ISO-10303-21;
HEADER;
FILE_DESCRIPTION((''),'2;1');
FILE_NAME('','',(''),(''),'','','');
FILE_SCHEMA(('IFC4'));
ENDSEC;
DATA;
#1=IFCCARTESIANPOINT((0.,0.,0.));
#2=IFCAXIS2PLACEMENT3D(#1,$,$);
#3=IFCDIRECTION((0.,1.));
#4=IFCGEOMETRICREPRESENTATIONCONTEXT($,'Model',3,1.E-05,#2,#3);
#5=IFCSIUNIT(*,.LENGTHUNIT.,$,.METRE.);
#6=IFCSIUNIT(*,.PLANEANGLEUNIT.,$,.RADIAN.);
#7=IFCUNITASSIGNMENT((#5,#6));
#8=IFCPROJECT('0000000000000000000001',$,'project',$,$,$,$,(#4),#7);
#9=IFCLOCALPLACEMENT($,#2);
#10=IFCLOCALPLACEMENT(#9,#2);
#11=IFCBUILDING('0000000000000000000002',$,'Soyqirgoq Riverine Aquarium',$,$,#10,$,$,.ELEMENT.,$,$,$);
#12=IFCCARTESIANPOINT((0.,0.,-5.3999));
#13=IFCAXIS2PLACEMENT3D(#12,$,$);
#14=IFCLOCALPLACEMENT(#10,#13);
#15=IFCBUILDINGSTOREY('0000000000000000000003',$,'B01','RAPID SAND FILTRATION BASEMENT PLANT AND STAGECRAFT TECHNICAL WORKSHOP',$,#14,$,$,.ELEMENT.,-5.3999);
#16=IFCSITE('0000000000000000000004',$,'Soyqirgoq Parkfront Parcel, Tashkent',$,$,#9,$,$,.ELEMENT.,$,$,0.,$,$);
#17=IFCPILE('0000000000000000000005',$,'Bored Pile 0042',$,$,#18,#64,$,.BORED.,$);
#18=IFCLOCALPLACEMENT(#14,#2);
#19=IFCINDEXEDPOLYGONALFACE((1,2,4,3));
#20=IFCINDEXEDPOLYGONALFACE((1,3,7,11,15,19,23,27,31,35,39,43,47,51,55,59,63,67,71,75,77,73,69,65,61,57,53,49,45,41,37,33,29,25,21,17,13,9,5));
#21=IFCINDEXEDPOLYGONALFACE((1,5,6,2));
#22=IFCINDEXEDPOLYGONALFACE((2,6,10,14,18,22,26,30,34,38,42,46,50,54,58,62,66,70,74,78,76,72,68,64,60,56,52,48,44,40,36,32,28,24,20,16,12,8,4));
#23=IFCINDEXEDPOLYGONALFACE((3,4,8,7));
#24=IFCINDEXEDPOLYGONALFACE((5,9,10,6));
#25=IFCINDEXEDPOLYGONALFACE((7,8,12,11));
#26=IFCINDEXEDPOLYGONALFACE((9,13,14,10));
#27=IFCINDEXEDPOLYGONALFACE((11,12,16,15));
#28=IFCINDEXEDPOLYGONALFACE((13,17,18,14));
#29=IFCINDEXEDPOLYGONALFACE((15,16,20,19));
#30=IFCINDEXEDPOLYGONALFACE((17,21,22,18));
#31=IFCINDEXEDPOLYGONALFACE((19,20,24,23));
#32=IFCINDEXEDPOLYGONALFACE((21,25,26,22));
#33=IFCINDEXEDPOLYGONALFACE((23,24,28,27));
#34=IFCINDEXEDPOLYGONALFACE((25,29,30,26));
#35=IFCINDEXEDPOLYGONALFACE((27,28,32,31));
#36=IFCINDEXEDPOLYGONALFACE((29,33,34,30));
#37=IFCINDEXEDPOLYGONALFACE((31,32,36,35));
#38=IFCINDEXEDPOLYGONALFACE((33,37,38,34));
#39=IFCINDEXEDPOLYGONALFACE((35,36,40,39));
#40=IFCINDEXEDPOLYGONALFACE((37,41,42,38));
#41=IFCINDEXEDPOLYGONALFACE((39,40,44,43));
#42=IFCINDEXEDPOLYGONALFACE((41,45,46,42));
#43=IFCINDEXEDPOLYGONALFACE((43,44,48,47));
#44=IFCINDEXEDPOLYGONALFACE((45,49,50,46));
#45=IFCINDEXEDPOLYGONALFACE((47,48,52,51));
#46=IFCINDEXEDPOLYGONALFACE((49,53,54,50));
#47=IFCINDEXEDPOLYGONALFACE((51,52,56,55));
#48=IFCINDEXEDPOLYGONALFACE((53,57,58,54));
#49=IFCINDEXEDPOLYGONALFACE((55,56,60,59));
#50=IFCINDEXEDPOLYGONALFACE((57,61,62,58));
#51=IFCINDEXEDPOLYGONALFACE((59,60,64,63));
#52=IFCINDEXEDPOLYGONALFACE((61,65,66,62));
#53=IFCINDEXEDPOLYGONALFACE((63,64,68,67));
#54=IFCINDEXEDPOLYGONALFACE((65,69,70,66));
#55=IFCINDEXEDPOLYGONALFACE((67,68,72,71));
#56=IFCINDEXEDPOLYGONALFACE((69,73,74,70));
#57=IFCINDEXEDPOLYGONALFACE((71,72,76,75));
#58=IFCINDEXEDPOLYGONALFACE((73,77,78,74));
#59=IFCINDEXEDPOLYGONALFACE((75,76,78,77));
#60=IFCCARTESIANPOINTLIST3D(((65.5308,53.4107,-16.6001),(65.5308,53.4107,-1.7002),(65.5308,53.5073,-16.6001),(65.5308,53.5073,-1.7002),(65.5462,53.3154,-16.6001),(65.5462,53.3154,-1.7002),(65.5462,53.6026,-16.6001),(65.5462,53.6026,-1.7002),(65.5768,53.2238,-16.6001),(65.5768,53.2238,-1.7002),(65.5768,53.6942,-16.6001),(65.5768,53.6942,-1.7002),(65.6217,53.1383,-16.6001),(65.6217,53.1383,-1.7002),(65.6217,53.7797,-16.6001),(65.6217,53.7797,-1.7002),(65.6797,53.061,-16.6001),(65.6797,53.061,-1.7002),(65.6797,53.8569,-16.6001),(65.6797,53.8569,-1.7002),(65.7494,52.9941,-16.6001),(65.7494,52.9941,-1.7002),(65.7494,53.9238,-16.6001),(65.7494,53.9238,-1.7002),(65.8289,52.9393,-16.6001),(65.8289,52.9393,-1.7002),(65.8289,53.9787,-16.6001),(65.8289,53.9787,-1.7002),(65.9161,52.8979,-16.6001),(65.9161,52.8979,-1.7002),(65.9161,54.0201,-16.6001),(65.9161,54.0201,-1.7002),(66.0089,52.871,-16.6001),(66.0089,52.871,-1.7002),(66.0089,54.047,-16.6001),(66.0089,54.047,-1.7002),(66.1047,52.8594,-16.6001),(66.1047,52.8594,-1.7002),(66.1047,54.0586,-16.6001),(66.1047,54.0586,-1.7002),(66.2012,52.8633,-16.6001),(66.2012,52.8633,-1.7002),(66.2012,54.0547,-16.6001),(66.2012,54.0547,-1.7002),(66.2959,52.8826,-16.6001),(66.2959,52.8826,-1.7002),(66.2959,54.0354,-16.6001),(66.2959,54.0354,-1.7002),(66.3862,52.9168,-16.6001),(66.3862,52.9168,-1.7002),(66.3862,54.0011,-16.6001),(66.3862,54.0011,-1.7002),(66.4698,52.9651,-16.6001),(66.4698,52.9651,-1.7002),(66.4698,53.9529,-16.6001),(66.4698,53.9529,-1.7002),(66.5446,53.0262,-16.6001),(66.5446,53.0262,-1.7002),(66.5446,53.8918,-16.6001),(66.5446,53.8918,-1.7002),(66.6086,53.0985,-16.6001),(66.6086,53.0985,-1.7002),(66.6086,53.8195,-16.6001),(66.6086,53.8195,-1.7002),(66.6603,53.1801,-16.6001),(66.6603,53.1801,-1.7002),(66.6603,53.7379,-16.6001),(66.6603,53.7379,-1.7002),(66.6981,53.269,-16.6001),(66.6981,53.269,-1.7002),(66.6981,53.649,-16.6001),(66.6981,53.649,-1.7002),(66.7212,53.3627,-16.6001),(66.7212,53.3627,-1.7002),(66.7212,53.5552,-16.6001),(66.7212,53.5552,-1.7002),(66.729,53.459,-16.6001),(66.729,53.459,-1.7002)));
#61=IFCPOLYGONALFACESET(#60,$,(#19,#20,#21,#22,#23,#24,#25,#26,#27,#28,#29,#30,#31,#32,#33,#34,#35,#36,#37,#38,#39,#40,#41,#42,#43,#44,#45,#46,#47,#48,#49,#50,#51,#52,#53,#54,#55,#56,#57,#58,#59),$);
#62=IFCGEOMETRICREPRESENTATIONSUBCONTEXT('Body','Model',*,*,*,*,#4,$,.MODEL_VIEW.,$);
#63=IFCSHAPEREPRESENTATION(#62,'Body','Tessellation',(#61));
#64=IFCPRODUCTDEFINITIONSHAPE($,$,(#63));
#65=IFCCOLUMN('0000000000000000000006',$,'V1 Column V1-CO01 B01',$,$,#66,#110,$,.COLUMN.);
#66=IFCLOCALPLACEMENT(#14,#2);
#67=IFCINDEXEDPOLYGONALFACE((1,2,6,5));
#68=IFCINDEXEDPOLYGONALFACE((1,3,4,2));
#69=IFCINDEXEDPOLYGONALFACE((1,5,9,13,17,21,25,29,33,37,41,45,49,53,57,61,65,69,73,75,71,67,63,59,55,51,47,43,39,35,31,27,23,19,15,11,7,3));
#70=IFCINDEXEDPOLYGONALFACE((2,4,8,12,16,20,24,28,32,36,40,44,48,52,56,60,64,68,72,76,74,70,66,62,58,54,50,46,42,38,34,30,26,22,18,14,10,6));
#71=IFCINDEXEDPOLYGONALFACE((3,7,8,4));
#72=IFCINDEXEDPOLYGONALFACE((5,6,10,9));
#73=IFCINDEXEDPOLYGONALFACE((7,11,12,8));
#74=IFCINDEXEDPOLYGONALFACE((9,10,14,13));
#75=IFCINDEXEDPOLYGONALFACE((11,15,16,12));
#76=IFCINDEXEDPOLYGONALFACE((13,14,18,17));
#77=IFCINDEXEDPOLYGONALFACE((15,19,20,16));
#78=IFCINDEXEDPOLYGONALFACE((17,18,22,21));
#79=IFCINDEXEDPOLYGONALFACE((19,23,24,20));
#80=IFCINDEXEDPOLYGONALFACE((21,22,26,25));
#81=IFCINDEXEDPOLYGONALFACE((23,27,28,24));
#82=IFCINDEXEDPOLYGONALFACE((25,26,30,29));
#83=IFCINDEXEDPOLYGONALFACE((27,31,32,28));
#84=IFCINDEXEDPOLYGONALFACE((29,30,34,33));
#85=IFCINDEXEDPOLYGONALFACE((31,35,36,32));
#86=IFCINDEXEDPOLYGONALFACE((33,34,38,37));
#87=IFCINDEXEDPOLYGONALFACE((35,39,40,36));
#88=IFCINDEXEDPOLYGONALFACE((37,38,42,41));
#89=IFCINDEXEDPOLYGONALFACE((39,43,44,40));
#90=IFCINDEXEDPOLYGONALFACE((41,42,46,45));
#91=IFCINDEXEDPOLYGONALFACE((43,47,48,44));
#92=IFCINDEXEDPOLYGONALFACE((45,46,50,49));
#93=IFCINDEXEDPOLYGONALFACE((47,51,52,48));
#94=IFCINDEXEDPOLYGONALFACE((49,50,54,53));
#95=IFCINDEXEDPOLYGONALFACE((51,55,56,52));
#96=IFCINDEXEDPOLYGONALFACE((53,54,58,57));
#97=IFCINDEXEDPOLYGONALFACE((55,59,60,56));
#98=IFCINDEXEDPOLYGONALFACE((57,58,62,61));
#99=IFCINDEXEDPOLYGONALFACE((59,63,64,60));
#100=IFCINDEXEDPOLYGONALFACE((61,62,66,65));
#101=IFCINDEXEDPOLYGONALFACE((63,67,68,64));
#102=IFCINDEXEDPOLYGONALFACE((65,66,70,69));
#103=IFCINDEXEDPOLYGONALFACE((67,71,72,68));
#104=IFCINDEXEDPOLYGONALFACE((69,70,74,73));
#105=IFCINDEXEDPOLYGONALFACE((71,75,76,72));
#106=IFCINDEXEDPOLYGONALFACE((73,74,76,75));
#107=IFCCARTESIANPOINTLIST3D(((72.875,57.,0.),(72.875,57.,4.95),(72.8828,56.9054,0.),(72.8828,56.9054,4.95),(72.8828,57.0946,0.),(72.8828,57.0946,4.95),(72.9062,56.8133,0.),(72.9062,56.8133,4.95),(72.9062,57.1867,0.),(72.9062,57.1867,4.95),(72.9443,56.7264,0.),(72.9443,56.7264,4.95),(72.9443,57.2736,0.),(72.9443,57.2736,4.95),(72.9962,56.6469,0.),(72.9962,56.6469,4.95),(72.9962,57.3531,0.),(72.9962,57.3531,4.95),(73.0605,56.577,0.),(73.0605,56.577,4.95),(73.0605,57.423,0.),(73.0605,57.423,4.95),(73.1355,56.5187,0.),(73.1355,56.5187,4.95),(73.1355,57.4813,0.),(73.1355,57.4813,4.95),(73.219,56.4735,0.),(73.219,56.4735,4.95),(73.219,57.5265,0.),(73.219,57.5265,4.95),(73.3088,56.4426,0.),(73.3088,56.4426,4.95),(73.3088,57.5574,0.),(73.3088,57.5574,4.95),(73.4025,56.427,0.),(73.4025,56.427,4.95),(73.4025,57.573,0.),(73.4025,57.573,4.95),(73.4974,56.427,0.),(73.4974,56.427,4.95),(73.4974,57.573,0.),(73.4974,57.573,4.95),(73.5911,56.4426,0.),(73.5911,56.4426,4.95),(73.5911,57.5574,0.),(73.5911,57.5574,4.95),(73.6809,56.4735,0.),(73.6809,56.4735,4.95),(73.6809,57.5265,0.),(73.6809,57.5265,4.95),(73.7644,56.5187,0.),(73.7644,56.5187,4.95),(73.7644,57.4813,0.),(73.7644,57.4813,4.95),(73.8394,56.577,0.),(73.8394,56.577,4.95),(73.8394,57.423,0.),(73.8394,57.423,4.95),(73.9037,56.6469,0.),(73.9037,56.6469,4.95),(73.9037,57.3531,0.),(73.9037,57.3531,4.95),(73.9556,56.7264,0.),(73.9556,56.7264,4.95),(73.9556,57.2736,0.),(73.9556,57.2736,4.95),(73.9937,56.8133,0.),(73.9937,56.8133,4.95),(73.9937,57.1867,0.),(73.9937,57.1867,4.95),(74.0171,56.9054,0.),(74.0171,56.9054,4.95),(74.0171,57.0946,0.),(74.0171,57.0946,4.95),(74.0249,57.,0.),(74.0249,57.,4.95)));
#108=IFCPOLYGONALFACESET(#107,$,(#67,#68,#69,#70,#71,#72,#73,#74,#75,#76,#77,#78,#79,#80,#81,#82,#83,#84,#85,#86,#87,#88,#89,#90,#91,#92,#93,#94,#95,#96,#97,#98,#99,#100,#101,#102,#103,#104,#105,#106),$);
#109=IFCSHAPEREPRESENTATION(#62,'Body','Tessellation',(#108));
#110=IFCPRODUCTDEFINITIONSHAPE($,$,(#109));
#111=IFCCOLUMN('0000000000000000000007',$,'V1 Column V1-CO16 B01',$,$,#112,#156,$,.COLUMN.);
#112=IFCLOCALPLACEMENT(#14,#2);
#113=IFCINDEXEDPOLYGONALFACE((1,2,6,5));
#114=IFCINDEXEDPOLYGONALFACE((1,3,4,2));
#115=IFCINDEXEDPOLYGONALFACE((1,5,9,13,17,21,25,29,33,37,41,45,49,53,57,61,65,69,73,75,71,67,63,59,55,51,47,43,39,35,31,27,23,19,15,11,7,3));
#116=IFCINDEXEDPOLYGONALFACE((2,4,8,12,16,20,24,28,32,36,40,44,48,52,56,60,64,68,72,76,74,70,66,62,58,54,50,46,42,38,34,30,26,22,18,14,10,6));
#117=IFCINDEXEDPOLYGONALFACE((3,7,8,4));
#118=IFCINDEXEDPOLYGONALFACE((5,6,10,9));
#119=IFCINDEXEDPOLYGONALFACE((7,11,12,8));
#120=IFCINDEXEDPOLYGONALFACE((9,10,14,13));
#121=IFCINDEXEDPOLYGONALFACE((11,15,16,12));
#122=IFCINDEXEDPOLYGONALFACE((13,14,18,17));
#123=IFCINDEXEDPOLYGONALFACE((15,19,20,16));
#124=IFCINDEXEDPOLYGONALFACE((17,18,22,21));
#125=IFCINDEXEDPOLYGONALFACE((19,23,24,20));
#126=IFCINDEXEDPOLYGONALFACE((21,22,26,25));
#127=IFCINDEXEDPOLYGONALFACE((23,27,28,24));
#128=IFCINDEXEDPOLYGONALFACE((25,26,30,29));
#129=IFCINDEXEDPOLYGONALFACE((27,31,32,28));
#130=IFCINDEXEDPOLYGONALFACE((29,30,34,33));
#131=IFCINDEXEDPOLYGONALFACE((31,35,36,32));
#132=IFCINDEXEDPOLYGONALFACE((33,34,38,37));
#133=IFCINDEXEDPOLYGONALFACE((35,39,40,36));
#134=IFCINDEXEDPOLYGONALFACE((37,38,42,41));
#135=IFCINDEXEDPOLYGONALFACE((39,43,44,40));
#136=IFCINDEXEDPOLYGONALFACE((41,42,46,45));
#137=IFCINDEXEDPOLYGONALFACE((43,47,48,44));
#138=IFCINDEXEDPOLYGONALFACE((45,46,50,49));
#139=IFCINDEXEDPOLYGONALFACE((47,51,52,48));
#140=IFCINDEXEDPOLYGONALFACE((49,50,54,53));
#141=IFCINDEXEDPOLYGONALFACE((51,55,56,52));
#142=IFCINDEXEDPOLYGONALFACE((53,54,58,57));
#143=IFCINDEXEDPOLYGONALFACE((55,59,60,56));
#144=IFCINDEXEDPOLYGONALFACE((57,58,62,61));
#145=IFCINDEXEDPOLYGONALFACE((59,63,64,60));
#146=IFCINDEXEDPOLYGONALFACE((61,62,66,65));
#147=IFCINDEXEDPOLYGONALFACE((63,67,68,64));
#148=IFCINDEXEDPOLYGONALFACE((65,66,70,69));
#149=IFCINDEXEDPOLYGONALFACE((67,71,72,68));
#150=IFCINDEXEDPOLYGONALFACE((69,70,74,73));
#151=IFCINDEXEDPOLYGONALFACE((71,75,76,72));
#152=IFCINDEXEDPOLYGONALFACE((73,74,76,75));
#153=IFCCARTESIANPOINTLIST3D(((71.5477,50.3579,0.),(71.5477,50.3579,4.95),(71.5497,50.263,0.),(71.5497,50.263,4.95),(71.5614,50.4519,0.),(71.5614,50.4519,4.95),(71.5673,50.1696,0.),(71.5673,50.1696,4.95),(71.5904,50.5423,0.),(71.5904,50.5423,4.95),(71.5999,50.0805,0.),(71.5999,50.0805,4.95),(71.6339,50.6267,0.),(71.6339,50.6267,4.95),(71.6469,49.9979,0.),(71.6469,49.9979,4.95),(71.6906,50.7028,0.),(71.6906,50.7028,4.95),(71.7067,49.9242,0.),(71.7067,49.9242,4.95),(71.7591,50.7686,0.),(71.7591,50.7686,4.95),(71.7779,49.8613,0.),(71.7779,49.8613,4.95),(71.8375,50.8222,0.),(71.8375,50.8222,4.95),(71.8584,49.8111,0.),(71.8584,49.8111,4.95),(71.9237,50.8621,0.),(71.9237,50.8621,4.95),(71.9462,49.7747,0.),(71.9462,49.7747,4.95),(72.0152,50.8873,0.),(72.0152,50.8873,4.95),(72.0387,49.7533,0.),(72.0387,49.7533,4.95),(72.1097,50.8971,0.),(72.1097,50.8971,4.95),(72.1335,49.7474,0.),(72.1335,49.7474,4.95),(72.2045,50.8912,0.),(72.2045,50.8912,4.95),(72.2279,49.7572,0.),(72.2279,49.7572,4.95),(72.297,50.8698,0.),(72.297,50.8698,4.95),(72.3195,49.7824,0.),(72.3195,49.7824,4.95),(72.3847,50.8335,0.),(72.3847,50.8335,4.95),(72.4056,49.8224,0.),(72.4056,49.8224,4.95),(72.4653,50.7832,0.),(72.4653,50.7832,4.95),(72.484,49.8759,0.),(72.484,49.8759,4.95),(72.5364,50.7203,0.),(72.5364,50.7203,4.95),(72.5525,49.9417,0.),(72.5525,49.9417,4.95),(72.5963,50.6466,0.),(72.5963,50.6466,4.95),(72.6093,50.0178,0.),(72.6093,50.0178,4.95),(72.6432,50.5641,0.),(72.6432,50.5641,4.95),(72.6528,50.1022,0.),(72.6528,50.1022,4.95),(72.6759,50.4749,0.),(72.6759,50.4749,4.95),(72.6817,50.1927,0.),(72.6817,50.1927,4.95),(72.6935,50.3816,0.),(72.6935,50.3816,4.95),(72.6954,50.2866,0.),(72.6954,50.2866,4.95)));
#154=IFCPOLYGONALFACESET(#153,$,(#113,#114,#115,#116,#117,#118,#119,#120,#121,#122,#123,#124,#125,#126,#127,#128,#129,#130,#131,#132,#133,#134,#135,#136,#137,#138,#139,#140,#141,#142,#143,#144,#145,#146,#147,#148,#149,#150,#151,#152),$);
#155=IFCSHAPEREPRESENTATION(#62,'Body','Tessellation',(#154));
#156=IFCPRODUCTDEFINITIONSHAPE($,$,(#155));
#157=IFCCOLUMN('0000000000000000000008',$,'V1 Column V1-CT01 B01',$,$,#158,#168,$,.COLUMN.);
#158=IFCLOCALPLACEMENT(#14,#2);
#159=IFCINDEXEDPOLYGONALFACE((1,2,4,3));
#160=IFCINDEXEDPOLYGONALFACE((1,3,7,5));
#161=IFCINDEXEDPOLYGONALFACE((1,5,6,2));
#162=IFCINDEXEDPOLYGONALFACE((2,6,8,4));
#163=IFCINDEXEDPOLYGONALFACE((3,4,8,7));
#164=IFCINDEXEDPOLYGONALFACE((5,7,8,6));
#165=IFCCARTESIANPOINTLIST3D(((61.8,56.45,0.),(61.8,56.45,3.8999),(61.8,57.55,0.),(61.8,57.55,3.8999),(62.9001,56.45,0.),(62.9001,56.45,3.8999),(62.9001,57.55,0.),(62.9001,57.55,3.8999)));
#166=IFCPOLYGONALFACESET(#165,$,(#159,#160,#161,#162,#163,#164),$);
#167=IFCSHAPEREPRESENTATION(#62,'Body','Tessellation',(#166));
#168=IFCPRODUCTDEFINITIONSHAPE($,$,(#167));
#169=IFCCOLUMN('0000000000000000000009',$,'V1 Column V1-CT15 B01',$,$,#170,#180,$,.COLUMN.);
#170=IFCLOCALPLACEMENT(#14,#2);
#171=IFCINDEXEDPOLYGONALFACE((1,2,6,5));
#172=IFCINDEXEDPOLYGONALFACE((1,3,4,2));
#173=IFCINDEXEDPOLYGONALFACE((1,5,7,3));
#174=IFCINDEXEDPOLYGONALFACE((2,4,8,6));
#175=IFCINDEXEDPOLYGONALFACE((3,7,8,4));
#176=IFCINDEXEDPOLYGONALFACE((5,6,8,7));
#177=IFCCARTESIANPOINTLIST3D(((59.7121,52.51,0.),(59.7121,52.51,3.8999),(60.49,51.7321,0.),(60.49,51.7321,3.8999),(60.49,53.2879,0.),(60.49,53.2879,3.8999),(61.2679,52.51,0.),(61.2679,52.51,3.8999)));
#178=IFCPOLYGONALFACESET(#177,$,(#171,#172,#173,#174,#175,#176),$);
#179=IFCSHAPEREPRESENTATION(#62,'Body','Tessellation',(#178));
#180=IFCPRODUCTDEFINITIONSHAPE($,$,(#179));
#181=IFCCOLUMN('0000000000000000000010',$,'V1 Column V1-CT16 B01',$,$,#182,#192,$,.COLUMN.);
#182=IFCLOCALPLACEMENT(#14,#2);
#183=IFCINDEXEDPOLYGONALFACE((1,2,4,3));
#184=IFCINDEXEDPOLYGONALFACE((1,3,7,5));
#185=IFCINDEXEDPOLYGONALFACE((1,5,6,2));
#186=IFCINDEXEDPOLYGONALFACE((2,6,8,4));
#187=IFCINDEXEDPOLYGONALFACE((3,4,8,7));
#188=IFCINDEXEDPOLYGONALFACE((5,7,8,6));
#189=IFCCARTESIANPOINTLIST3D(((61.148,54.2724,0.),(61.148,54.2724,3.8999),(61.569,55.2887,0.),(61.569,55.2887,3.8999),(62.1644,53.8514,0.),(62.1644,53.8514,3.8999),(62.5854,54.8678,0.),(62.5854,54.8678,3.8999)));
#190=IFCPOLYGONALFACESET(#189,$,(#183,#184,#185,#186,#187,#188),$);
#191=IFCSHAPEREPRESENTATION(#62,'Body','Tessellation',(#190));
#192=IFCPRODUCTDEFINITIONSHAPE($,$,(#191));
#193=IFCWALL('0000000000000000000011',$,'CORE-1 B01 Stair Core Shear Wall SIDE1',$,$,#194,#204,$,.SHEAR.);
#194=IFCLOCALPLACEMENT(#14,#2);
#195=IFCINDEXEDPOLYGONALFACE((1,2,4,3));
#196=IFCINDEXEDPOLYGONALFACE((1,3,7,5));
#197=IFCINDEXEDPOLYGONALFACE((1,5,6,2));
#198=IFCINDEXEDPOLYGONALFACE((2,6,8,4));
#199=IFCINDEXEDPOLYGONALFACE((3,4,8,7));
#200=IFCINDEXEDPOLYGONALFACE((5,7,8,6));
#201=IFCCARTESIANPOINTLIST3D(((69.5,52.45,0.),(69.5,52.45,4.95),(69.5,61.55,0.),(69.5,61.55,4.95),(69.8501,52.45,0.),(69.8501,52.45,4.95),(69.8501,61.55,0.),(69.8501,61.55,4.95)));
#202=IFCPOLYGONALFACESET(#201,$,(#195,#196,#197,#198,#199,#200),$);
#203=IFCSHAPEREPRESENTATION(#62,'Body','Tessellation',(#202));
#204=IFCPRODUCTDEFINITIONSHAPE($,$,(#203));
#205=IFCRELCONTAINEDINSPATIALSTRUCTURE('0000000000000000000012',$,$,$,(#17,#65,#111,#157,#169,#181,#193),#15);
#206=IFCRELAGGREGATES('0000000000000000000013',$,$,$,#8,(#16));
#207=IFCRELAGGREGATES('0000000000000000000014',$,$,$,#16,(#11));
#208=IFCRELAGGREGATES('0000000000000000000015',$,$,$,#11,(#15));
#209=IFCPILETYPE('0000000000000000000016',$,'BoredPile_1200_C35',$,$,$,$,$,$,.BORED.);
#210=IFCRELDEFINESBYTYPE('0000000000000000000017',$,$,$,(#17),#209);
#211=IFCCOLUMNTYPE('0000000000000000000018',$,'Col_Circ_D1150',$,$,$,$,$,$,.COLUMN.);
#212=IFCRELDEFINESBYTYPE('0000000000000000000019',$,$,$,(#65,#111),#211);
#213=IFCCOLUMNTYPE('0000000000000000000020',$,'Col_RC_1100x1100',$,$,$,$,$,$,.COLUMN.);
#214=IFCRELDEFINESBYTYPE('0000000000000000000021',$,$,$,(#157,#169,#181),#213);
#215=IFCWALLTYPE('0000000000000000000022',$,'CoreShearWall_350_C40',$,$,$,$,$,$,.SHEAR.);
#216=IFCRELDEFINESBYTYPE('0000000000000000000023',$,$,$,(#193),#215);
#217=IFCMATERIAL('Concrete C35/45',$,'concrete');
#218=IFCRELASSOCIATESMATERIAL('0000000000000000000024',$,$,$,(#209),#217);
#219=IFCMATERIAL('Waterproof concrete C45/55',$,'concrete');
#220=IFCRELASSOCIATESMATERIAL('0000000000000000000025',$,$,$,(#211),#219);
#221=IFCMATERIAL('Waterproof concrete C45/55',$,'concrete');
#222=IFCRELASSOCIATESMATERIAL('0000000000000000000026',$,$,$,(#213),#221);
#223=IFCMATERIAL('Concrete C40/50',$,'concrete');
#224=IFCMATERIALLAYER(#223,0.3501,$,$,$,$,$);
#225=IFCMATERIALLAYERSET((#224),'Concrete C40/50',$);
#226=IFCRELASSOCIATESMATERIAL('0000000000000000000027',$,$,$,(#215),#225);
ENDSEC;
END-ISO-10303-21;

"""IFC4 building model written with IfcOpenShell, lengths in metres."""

from ifc_helpers import new_model, si_unit, direction, frame, frame_2d, origin, origin_2d, place, context, subcontext, project, spatial, rectangle, circle, extrude, material, layer, layer_set, material_profile, profile_set, type_object, element, save


model = new_model("IFC4")

# Units and contexts
model_context = context("Model", 3, precision=1e-05, world=origin(), true_north=direction((0.0, 1.0)))
body_context = subcontext(model_context, "Body", "Model", "MODEL_VIEW")
ifc_project = project(units=[si_unit("LENGTHUNIT", "METRE"), si_unit("PLANEANGLEUNIT", "RADIAN")], contexts=[model_context])

# Site, building, storey
site_placement = place(None, origin())
site = spatial("IfcSite", under=ifc_project, at=site_placement, Name="Soyqirgoq Parkfront Parcel, Tashkent", CompositionType="ELEMENT", RefElevation=0.0)
building_placement = place(site_placement, origin())
building = spatial("IfcBuilding", under=site, at=building_placement, Name="Soyqirgoq Riverine Aquarium", CompositionType="ELEMENT")
storey_placement = place(building_placement, frame((0.0, 0.0, -5.3999)))
storey = spatial("IfcBuildingStorey", under=building, at=storey_placement, Name="B01", Description="RAPID SAND FILTRATION BASEMENT PLANT AND STAGECRAFT TECHNICAL WORKSHOP", CompositionType="ELEMENT", Elevation=-5.3999)

# Pile
ifc_material_1 = material(Name="Concrete C35/45", Category="concrete")
ifc_material_profile_1 = material_profile(ifc_material_1, circle(Radius=0.6001, at=origin_2d()), Name="BP D1200")
ifc_profile_set_1 = profile_set([ifc_material_profile_1], Name="Concrete C35/45")
pile_type = type_object("IfcPileType", Name="BoredPile_1200_C35", PredefinedType="BORED", material=ifc_profile_set_1)
pile_placement = place(storey_placement, frame((66.1289, 53.459, -1.7002), z_axis=(0.0, 0.0, -1.0), x_axis=(1.0, 0.0, 0.0)))
element("IfcPile", 1, at=pile_placement, inside=storey, type_object=pile_type, Name="Bored Pile 0042", PredefinedType="BORED", context=body_context, shape_type="SweptSolid", body=[
    extrude(circle(Radius=0.6001, at=origin_2d()), origin(), (0.0, 0.0, 1.0), 14.8999),
])

# Columns
ifc_material_2 = material(Name="Waterproof concrete C45/55", Category="concrete")
ifc_material_profile_2 = material_profile(ifc_material_2, circle(Radius=0.575, at=origin_2d()), Name="RC-COL D1150")
ifc_profile_set_2 = profile_set([ifc_material_profile_2], Name="Waterproof concrete C45/55")
column_type_1 = type_object("IfcColumnType", Name="Col_Circ_D1150", PredefinedType="COLUMN", material=ifc_profile_set_2)
for number, where, z_axis, x_axis, name in (
    (2, (73.45, 57.0, 0.0), (0.0, 0.0, 1.0), (1.0, 0.0, 0.0), "V1 Column V1-CO01 B01"),
    (3, (72.1216, 50.3223, 0.0), (0.0, 0.0, 1.0), (0.92388, -0.382683, 0.0), "V1 Column V1-CO16 B01"),
):
    element("IfcColumn", number, at=place(storey_placement, frame(where, z_axis=z_axis, x_axis=x_axis)), inside=storey, type_object=column_type_1, Name=name, PredefinedType="COLUMN", context=body_context, shape_type="SweptSolid", body=[
        extrude(circle(Radius=0.575, at=origin_2d()), origin(), (0.0, 0.0, 1.0), 4.95),
    ])
ifc_material_3 = material(Name="Waterproof concrete C45/55", Category="concrete")
ifc_material_profile_3 = material_profile(ifc_material_3, rectangle(XDim=1.1001, YDim=1.1001, at=origin_2d()), Name="RC 1100x1100")
ifc_profile_set_3 = profile_set([ifc_material_profile_3], Name="Waterproof concrete C45/55")
column_type_2 = type_object("IfcColumnType", Name="Col_RC_1100x1100", PredefinedType="COLUMN", material=ifc_profile_set_3)
for number, where, z_axis, x_axis, name in (
    (4, (62.3501, 57.0, 0.0), (0.0, 0.0, 1.0), (1.0, 0.0, 0.0), "V1 Column V1-CT01 B01"),
    (5, (60.49, 52.51, 0.0), (0.0, 0.0, 1.0), (0.707107, -0.707107, 0.0), "V1 Column V1-CT15 B01"),
    (6, (61.8667, 54.5701, 0.0), (0.0, 0.0, 1.0), (0.92388, -0.382683, 0.0), "V1 Column V1-CT16 B01"),
):
    element("IfcColumn", number, at=place(storey_placement, frame(where, z_axis=z_axis, x_axis=x_axis)), inside=storey, type_object=column_type_2, Name=name, PredefinedType="COLUMN", context=body_context, shape_type="SweptSolid", body=[
        extrude(rectangle(XDim=1.1001, YDim=1.1001, at=origin_2d()), origin(), (0.0, 0.0, 1.0), 3.8999),
    ])

# Wall
ifc_material_4 = material(Name="Concrete C40/50", Category="concrete")
ifc_layer_1 = layer(ifc_material_4, 0.3501)
ifc_layer_set_1 = layer_set([ifc_layer_1], Name="Concrete C40/50")
wall_type_1 = type_object("IfcWallType", Name="CoreShearWall_350_C40", PredefinedType="SHEAR", material=ifc_layer_set_1)
wall_1_placement = place(storey_placement, frame((69.675, 52.45, 0.0), z_axis=(0.0, 0.0, 1.0), x_axis=(0.0, 1.0, 0.0)))
element("IfcWall", 7, at=wall_1_placement, inside=storey, type_object=wall_type_1, Name="CORE-1 B01 Stair Core Shear Wall SIDE1", PredefinedType="SHEAR", context=body_context, shape_type="SweptSolid", body=[
    extrude(rectangle(XDim=9.1001, YDim=0.3501, at=frame_2d((4.55, 0.0))), origin(), (0.0, 0.0, 1.0), 4.95),
])

save(model, "model.ifc")
